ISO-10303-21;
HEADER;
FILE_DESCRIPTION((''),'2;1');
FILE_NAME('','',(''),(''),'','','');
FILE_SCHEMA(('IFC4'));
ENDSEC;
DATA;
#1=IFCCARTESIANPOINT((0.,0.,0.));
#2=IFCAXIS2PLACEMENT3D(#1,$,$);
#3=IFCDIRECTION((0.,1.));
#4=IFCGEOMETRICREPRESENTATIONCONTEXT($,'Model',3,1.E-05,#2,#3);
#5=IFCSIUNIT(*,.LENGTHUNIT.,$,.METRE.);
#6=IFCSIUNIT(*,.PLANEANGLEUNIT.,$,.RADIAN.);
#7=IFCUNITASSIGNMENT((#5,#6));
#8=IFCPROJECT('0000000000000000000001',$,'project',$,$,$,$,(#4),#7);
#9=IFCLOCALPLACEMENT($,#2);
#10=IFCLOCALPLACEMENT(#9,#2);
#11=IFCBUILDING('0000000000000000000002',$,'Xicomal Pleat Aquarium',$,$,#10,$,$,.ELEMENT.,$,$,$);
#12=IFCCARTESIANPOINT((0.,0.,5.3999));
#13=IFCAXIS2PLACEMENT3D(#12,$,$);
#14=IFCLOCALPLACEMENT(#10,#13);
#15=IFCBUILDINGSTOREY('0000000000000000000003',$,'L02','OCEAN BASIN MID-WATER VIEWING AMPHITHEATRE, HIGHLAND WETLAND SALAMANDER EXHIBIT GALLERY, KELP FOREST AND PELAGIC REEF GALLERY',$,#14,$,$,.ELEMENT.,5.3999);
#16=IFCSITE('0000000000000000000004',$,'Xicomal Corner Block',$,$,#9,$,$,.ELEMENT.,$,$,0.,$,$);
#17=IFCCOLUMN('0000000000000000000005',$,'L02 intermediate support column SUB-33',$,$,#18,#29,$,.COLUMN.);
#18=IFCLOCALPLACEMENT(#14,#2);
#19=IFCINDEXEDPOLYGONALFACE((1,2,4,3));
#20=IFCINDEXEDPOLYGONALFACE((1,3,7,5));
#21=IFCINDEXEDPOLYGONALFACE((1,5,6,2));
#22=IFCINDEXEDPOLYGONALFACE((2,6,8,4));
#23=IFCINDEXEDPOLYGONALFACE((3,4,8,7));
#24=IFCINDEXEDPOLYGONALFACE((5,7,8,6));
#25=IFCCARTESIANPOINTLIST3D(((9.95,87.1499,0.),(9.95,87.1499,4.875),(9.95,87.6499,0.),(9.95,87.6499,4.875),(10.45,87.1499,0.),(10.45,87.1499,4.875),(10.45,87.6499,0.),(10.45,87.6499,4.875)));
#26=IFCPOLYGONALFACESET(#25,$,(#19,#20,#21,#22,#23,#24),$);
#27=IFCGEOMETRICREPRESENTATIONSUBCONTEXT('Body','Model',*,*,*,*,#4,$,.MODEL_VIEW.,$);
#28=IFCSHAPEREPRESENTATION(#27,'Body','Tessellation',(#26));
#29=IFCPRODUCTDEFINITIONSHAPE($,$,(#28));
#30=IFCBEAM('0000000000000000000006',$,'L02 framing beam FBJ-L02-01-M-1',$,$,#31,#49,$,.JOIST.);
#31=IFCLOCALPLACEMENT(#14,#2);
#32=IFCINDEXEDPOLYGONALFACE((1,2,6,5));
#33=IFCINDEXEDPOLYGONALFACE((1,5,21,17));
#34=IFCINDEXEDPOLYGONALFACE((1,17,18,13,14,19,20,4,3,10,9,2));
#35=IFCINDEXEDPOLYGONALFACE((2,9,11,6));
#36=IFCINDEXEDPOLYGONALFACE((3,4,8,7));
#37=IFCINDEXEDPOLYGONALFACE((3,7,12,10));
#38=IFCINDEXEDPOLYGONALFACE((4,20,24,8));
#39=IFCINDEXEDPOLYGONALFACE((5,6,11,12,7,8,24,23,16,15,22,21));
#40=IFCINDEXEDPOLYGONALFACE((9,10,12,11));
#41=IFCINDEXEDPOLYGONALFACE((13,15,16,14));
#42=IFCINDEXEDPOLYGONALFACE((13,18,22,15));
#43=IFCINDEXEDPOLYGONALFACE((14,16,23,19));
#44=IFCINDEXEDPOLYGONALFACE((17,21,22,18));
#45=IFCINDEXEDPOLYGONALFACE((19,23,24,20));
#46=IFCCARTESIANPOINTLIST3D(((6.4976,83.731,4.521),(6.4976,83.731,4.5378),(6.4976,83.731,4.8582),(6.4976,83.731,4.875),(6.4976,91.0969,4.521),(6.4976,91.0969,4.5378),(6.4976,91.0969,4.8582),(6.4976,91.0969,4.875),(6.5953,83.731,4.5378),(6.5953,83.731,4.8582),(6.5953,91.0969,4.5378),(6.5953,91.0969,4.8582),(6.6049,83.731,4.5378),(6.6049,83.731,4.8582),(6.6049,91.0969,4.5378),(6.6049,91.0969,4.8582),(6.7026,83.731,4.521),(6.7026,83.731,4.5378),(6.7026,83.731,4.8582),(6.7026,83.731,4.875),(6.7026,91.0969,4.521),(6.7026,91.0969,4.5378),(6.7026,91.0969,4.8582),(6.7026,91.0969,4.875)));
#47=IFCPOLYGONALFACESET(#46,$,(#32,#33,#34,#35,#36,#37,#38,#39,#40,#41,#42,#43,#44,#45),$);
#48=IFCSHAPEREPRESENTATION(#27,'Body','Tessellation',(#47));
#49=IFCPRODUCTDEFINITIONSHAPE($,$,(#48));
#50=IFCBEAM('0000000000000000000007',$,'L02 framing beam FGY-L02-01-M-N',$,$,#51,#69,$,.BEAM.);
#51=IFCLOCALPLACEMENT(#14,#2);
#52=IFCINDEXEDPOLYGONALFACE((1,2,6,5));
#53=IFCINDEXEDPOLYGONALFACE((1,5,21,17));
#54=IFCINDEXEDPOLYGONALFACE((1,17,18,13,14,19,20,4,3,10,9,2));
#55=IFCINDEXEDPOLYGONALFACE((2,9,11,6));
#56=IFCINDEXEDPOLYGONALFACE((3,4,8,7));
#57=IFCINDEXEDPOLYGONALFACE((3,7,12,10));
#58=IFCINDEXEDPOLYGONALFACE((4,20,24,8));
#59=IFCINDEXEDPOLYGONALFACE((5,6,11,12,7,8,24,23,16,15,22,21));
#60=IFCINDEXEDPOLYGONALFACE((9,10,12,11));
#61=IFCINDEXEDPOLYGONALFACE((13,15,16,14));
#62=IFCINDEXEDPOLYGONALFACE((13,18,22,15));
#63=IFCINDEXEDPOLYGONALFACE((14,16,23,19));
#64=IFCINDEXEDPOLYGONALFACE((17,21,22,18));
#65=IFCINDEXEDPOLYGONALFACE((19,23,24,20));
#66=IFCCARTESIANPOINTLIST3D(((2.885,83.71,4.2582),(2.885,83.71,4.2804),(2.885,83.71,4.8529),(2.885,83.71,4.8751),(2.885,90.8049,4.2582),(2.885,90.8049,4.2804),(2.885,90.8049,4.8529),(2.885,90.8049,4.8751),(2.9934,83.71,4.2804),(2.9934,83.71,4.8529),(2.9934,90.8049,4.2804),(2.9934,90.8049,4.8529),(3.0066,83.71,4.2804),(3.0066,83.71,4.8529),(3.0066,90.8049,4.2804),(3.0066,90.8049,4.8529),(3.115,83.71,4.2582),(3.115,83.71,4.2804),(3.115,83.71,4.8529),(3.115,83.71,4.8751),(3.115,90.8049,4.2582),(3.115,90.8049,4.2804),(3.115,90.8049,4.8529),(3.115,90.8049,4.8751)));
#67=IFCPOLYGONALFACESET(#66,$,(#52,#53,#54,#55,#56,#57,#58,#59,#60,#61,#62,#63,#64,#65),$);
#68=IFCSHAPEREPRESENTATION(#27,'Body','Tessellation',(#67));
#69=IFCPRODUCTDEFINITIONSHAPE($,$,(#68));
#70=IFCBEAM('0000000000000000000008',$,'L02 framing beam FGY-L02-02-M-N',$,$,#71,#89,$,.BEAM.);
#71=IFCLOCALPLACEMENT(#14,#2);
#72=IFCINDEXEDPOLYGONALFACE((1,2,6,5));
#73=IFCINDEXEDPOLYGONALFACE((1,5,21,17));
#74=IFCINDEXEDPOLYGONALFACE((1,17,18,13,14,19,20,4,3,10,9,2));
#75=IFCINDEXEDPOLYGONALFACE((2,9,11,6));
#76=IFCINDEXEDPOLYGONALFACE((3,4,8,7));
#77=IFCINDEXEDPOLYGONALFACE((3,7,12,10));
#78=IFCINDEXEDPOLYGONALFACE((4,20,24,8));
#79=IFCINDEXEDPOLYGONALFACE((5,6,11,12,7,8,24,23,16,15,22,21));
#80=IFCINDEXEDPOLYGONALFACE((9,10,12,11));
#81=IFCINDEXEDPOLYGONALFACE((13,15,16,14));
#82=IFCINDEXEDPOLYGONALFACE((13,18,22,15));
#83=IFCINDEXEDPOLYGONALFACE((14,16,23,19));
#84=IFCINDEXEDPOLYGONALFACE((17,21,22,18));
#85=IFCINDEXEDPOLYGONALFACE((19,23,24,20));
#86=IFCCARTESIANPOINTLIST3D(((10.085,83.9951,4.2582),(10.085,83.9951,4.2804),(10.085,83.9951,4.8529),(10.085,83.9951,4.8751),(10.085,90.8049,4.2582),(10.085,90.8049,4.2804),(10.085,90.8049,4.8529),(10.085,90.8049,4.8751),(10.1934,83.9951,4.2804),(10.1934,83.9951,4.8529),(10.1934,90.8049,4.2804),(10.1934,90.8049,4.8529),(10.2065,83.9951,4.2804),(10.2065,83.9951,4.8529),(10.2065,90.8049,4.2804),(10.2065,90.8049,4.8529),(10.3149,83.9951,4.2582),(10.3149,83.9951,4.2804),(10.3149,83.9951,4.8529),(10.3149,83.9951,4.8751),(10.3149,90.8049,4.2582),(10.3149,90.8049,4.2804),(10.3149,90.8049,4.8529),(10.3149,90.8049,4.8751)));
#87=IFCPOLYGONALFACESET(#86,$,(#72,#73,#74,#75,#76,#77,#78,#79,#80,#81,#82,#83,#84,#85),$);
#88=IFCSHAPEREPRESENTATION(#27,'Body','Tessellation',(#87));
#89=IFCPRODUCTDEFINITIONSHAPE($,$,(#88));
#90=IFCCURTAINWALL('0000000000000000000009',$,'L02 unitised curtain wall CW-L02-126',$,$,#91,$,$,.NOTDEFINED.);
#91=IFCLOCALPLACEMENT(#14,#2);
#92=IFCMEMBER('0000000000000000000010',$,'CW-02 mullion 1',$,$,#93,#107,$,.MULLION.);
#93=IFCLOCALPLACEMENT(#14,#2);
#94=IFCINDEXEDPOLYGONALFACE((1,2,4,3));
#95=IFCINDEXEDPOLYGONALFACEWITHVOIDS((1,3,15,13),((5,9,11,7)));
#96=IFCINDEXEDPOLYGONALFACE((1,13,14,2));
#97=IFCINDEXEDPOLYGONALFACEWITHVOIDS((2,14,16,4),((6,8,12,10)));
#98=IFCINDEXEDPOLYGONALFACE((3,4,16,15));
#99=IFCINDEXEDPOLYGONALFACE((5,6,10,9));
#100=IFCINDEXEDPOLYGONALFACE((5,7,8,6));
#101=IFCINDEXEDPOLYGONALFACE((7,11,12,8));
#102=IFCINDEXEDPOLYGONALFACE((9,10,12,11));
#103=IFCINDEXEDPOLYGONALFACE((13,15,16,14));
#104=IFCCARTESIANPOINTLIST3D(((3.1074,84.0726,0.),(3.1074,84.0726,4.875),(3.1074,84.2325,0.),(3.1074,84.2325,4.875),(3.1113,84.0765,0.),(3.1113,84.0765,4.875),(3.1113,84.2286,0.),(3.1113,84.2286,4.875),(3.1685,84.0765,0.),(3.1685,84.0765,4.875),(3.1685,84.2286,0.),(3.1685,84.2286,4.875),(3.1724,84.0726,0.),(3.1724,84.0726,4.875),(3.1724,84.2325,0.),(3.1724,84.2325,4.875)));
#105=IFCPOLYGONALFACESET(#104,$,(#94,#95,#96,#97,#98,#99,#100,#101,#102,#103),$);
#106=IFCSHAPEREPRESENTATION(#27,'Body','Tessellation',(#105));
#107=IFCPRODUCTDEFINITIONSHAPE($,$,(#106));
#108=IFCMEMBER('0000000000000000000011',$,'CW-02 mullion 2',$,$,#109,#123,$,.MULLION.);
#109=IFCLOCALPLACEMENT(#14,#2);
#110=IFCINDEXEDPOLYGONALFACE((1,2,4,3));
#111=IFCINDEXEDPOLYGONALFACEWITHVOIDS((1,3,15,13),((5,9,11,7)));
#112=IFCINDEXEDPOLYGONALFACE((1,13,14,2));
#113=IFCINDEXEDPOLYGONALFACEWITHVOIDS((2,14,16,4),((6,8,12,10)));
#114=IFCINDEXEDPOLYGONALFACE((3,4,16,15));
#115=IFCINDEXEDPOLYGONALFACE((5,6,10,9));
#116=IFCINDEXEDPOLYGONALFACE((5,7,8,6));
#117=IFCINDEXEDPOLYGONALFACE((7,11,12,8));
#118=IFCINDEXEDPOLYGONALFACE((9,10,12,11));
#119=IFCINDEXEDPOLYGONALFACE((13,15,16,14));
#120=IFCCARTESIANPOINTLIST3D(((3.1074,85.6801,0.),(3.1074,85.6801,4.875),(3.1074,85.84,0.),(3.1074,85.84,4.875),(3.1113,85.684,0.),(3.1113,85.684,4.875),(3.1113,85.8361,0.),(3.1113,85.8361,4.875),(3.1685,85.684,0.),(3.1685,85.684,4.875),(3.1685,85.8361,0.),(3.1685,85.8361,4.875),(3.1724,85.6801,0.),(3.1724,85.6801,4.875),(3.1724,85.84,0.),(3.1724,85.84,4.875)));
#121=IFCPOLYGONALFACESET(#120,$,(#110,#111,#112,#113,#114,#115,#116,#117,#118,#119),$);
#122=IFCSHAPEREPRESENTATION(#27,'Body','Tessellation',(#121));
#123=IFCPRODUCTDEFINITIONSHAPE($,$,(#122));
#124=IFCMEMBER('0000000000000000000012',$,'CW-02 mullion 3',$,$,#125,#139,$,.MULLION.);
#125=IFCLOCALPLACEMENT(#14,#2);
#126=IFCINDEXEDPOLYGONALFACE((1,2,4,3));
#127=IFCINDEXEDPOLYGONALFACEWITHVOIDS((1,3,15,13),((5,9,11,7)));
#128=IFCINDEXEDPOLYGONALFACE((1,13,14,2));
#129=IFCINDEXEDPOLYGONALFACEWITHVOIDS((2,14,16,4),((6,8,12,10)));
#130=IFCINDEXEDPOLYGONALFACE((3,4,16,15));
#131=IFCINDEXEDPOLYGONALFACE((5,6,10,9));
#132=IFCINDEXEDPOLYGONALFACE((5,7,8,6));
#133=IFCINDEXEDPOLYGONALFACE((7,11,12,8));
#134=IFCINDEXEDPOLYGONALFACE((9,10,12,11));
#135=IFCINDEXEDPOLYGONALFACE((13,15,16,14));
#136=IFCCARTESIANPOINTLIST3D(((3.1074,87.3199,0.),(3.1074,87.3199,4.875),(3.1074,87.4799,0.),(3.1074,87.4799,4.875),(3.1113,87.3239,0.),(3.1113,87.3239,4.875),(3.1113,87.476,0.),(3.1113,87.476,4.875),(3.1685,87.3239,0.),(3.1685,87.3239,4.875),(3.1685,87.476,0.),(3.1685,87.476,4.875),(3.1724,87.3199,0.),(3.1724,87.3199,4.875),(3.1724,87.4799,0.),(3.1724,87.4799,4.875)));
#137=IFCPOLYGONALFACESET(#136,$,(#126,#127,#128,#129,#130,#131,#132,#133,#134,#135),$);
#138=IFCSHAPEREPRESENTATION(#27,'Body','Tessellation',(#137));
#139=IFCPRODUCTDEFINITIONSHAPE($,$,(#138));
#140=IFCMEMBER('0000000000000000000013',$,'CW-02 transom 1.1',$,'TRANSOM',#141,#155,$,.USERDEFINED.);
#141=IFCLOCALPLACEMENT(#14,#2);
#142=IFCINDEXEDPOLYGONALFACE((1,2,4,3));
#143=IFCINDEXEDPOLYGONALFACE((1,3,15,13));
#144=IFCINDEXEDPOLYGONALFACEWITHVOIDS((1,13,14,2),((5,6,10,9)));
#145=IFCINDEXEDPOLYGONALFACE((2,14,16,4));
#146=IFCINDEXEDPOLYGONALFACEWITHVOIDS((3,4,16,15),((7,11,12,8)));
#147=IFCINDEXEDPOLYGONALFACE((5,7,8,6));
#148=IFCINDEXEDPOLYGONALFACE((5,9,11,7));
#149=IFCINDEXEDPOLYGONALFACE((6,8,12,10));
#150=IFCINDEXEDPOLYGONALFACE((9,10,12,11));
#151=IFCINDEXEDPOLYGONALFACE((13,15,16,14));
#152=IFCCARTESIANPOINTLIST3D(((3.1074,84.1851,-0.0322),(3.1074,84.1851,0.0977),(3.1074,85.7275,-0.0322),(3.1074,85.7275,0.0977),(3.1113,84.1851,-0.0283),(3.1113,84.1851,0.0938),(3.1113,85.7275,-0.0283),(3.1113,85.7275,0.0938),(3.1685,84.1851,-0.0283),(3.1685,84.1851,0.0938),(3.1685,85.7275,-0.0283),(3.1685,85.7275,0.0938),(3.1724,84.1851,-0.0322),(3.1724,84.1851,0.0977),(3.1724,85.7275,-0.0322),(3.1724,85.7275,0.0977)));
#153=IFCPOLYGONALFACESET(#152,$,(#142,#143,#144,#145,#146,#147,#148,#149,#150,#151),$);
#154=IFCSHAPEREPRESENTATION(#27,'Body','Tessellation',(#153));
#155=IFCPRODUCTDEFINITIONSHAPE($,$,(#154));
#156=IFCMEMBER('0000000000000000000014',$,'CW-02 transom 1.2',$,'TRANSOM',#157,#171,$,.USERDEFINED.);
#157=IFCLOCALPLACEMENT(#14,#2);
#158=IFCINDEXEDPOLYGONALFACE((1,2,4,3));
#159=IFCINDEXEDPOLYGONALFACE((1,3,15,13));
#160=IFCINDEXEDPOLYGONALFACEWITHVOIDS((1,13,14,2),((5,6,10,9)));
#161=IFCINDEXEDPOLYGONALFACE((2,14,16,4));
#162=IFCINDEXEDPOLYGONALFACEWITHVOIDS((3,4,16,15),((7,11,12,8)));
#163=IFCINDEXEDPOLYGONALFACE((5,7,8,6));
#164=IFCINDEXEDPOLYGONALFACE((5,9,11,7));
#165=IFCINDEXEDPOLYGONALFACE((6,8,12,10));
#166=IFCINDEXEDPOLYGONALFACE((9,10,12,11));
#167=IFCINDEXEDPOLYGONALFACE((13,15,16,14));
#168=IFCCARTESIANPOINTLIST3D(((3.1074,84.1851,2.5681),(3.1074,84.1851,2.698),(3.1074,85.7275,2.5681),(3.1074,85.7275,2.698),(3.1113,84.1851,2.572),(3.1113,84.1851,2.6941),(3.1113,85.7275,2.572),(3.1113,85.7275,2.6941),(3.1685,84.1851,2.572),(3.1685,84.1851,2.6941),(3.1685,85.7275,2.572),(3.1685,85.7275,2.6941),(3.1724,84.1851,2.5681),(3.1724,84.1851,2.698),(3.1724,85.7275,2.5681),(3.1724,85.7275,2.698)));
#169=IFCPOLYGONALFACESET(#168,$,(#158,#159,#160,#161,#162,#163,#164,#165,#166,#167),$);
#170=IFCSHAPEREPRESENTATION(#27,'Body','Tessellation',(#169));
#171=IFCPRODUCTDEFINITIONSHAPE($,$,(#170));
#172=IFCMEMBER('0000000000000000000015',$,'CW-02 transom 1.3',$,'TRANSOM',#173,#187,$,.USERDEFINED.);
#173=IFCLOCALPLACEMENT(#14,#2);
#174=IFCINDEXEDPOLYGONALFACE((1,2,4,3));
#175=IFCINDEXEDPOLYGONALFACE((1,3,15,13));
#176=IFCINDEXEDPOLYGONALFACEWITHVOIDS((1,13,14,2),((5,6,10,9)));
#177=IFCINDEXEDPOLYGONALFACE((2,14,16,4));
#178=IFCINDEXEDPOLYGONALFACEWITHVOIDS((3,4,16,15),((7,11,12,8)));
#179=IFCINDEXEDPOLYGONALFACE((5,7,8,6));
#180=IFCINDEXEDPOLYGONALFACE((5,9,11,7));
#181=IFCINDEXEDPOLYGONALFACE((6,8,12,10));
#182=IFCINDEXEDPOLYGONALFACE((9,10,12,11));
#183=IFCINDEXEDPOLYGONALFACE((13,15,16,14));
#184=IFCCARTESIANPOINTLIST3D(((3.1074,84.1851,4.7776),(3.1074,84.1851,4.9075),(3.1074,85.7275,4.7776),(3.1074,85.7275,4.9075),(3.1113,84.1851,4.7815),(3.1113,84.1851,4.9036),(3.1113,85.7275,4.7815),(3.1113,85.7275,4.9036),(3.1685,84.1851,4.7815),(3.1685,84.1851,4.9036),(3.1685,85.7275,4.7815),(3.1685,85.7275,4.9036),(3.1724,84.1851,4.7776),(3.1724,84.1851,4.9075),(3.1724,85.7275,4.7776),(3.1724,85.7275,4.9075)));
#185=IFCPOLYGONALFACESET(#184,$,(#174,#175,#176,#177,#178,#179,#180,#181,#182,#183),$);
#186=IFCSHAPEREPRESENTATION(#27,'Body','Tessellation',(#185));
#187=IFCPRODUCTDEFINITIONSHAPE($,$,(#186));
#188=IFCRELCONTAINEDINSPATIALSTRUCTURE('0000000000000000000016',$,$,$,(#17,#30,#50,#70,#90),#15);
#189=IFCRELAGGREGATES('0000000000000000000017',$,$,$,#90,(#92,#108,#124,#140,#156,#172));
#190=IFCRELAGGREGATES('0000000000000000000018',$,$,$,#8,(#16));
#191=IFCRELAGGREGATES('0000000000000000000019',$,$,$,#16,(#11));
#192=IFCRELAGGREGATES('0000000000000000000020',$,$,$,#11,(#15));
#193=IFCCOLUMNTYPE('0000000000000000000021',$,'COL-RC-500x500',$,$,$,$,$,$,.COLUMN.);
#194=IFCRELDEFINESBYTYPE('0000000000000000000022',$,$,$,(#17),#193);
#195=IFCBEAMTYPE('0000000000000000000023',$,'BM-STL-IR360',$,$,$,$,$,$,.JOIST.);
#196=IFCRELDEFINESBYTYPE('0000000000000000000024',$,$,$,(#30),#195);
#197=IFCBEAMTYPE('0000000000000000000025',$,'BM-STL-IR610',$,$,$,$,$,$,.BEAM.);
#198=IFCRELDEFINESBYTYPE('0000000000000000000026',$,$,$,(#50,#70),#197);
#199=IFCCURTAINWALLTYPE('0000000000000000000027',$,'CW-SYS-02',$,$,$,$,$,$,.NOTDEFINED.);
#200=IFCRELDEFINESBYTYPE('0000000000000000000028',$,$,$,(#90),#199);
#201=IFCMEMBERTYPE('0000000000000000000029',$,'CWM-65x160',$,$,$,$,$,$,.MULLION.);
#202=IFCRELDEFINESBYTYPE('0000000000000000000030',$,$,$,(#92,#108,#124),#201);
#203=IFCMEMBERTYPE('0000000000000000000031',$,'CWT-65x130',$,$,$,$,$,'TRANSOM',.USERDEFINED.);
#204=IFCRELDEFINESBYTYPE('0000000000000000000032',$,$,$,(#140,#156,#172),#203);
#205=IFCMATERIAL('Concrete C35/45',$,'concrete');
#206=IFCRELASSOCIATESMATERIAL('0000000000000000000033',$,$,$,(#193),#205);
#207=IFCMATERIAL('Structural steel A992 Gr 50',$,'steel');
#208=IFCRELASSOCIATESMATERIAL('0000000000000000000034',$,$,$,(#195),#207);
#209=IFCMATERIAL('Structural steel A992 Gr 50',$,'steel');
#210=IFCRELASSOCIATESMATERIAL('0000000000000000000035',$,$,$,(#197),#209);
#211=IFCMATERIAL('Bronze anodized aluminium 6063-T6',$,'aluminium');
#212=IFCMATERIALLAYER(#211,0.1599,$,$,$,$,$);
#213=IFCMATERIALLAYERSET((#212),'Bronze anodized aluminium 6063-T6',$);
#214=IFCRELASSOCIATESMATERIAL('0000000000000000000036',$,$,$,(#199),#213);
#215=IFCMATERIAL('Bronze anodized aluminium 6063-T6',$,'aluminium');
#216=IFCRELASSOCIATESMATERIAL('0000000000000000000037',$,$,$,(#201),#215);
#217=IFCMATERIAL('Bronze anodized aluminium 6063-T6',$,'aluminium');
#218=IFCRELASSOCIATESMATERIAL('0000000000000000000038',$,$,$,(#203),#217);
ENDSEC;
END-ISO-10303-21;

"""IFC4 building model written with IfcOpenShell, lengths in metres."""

from ifc_helpers import new_model, si_unit, direction, frame, origin, origin_2d, place, context, subcontext, project, spatial, rectangle, hollow_rectangle, i_section, extrude, material, layer, layer_set, material_profile, profile_set, type_object, element, aggregate, save


model = new_model("IFC4")

# Units and contexts
model_context = context("Model", 3, precision=1e-05, world=origin(), true_north=direction((0.0, 1.0)))
body_context = subcontext(model_context, "Body", "Model", "MODEL_VIEW")
ifc_project = project(units=[si_unit("LENGTHUNIT", "METRE"), si_unit("PLANEANGLEUNIT", "RADIAN")], contexts=[model_context])

# Site, building, storey
site_placement = place(None, origin())
site = spatial("IfcSite", under=ifc_project, at=site_placement, Name="Xicomal Corner Block", CompositionType="ELEMENT", RefElevation=0.0)
building_placement = place(site_placement, origin())
building = spatial("IfcBuilding", under=site, at=building_placement, Name="Xicomal Pleat Aquarium", CompositionType="ELEMENT")
storey_placement = place(building_placement, frame((0.0, 0.0, 5.3999)))
storey = spatial("IfcBuildingStorey", under=building, at=storey_placement, Name="L02", Description="OCEAN BASIN MID-WATER VIEWING AMPHITHEATRE, HIGHLAND WETLAND SALAMANDER EXHIBIT GALLERY, KELP FOREST AND PELAGIC REEF GALLERY", CompositionType="ELEMENT", Elevation=5.3999)

# Column
ifc_material_1 = material(Name="Concrete C35/45", Category="concrete")
ifc_material_profile_1 = material_profile(ifc_material_1, rectangle(XDim=0.5, YDim=0.5, at=origin_2d()), Name="RC 500x500")
ifc_profile_set_1 = profile_set([ifc_material_profile_1], Name="Concrete C35/45")
column_type = type_object("IfcColumnType", Name="COL-RC-500x500", PredefinedType="COLUMN", material=ifc_profile_set_1)
column_placement = place(storey_placement, frame((10.2, 87.3999, 0.0), z_axis=(0.0, 0.0, 1.0), x_axis=(1.0, 0.0, 0.0)))
element("IfcColumn", 1, at=column_placement, inside=storey, type_object=column_type, Name="L02 intermediate support column SUB-33", PredefinedType="COLUMN", context=body_context, shape_type="SweptSolid", body=[
    extrude(rectangle(XDim=0.5, YDim=0.5, at=origin_2d()), origin(), (0.0, 0.0, 1.0), 4.875),
])

# Beams
ifc_material_2 = material(Name="Structural steel A992 Gr 50", Category="steel")
ifc_material_profile_2 = material_profile(ifc_material_2, i_section(OverallWidth=0.2051, OverallDepth=0.354, WebThickness=0.0095, FlangeThickness=0.0168, at=origin_2d()), Name="IR 360x79")
ifc_profile_set_2 = profile_set([ifc_material_profile_2], Name="Structural steel A992 Gr 50")
beam_type_1 = type_object("IfcBeamType", Name="BM-STL-IR360", PredefinedType="JOIST", material=ifc_profile_set_2)
beam_1_placement = place(storey_placement, frame((6.6001, 83.731, 4.698), z_axis=(0.0, 1.0, 0.0), x_axis=(-1.0, 0.0, 0.0)))
element("IfcBeam", 2, at=beam_1_placement, inside=storey, type_object=beam_type_1, Name="L02 framing beam FBJ-L02-01-M-1", PredefinedType="JOIST", context=body_context, shape_type="SweptSolid", body=[
    extrude(i_section(OverallWidth=0.2051, OverallDepth=0.354, WebThickness=0.0095, FlangeThickness=0.0168, at=origin_2d()), origin(), (0.0, 0.0, 1.0), 7.366),
])
ifc_material_3 = material(Name="Structural steel A992 Gr 50", Category="steel")
ifc_material_profile_3 = material_profile(ifc_material_3, i_section(OverallWidth=0.23, OverallDepth=0.6169, WebThickness=0.0132, FlangeThickness=0.0222, at=origin_2d()), Name="IR 610x140")
ifc_profile_set_3 = profile_set([ifc_material_profile_3], Name="Structural steel A992 Gr 50")
beam_type_2 = type_object("IfcBeamType", Name="BM-STL-IR610", PredefinedType="BEAM", material=ifc_profile_set_3)
beam_2_placement = place(storey_placement, frame((3.0, 83.71, 4.5667), z_axis=(0.0, 1.0, 0.0), x_axis=(-1.0, 0.0, 0.0)))
element("IfcBeam", 3, at=beam_2_placement, inside=storey, type_object=beam_type_2, Name="L02 framing beam FGY-L02-01-M-N", PredefinedType="BEAM", context=body_context, shape_type="SweptSolid", body=[
    extrude(i_section(OverallWidth=0.23, OverallDepth=0.6169, WebThickness=0.0132, FlangeThickness=0.0222, at=origin_2d()), origin(), (0.0, 0.0, 1.0), 7.095),
])
beam_3_placement = place(storey_placement, frame((10.2, 83.9951, 4.5667), z_axis=(0.0, 1.0, 0.0), x_axis=(-1.0, 0.0, 0.0)))
element("IfcBeam", 4, at=beam_3_placement, inside=storey, type_object=beam_type_2, Name="L02 framing beam FGY-L02-02-M-N", PredefinedType="BEAM", context=body_context, shape_type="SweptSolid", body=[
    extrude(i_section(OverallWidth=0.23, OverallDepth=0.6169, WebThickness=0.0132, FlangeThickness=0.0222, at=origin_2d()), origin(), (0.0, 0.0, 1.0), 6.8098),
])

# Curtain wall, members
ifc_material_4 = material(Name="Bronze anodized aluminium 6063-T6", Category="aluminium")
ifc_layer_1 = layer(ifc_material_4, 0.1599)
ifc_layer_set_1 = layer_set([ifc_layer_1], Name="Bronze anodized aluminium 6063-T6")
curtain_wall_type = type_object("IfcCurtainWallType", Name="CW-SYS-02", PredefinedType="NOTDEFINED", material=ifc_layer_set_1)
curtain_wall_placement = place(storey_placement, origin())
curtain_wall = element("IfcCurtainWall", 5, at=curtain_wall_placement, inside=storey, type_object=curtain_wall_type, Name="L02 unitised curtain wall CW-L02-126", PredefinedType="NOTDEFINED")
ifc_material_5 = material(Name="Bronze anodized aluminium 6063-T6", Category="aluminium")
ifc_material_profile_4 = material_profile(ifc_material_5, hollow_rectangle(XDim=0.0649, YDim=0.1599, WallThickness=0.0039, at=origin_2d()), Name="ALU MULL 65x160")
ifc_profile_set_4 = profile_set([ifc_material_profile_4], Name="Bronze anodized aluminium 6063-T6")
member_type_1 = type_object("IfcMemberType", Name="CWM-65x160", PredefinedType="MULLION", material=ifc_profile_set_4)
member_1_placement = place(storey_placement, frame((3.1399, 84.1526, 0.0), z_axis=(0.0, 0.0, 1.0), x_axis=(-1.0, 0.0, 0.0)))
member_1 = element("IfcMember", 6, at=member_1_placement, type_object=member_type_1, Name="CW-02 mullion 1", PredefinedType="MULLION", context=body_context, shape_type="SweptSolid", body=[
    extrude(hollow_rectangle(XDim=0.0649, YDim=0.1599, WallThickness=0.0039, at=origin_2d()), origin(), (0.0, 0.0, 1.0), 4.875),
])
member_2_placement = place(storey_placement, frame((3.1399, 85.76, 0.0), z_axis=(0.0, 0.0, 1.0), x_axis=(-1.0, 0.0, 0.0)))
member_2 = element("IfcMember", 7, at=member_2_placement, type_object=member_type_1, Name="CW-02 mullion 2", PredefinedType="MULLION", context=body_context, shape_type="SweptSolid", body=[
    extrude(hollow_rectangle(XDim=0.0649, YDim=0.1599, WallThickness=0.0039, at=origin_2d()), origin(), (0.0, 0.0, 1.0), 4.875),
])
member_3_placement = place(storey_placement, frame((3.1399, 87.3999, 0.0), z_axis=(0.0, 0.0, 1.0), x_axis=(-1.0, 0.0, 0.0)))
member_3 = element("IfcMember", 8, at=member_3_placement, type_object=member_type_1, Name="CW-02 mullion 3", PredefinedType="MULLION", context=body_context, shape_type="SweptSolid", body=[
    extrude(hollow_rectangle(XDim=0.0649, YDim=0.1599, WallThickness=0.0039, at=origin_2d()), origin(), (0.0, 0.0, 1.0), 4.875),
])
ifc_material_6 = material(Name="Bronze anodized aluminium 6063-T6", Category="aluminium")
ifc_material_profile_5 = material_profile(ifc_material_6, hollow_rectangle(XDim=0.0649, YDim=0.1299, WallThickness=0.0039, at=origin_2d()), Name="ALU TRAN 65x130")
ifc_profile_set_5 = profile_set([ifc_material_profile_5], Name="Bronze anodized aluminium 6063-T6")
member_type_2 = type_object("IfcMemberType", Name="CWT-65x130", ElementType="TRANSOM", PredefinedType="USERDEFINED", material=ifc_profile_set_5)
member_4_placement = place(storey_placement, frame((3.1399, 84.1851, 0.0327), z_axis=(0.0, 1.0, 0.0), x_axis=(-1.0, 0.0, 0.0)))
member_4 = element("IfcMember", 9, at=member_4_placement, type_object=member_type_2, Name="CW-02 transom 1.1", ObjectType="TRANSOM", PredefinedType="USERDEFINED", context=body_context, shape_type="SweptSolid", body=[
    extrude(hollow_rectangle(XDim=0.0649, YDim=0.1299, WallThickness=0.0039, at=origin_2d()), origin(), (0.0, 0.0, 1.0), 1.5425),
])
member_5_placement = place(storey_placement, frame((3.1399, 84.1851, 2.6331), z_axis=(0.0, 1.0, 0.0), x_axis=(-1.0, 0.0, 0.0)))
member_5 = element("IfcMember", 10, at=member_5_placement, type_object=member_type_2, Name="CW-02 transom 1.2", ObjectType="TRANSOM", PredefinedType="USERDEFINED", context=body_context, shape_type="SweptSolid", body=[
    extrude(hollow_rectangle(XDim=0.0649, YDim=0.1299, WallThickness=0.0039, at=origin_2d()), origin(), (0.0, 0.0, 1.0), 1.5425),
])
member_6_placement = place(storey_placement, frame((3.1399, 84.1851, 4.8425), z_axis=(0.0, 1.0, 0.0), x_axis=(-1.0, 0.0, 0.0)))
member_6 = element("IfcMember", 11, at=member_6_placement, type_object=member_type_2, Name="CW-02 transom 1.3", ObjectType="TRANSOM", PredefinedType="USERDEFINED", context=body_context, shape_type="SweptSolid", body=[
    extrude(hollow_rectangle(XDim=0.0649, YDim=0.1299, WallThickness=0.0039, at=origin_2d()), origin(), (0.0, 0.0, 1.0), 1.5425),
])
aggregate(curtain_wall, [member_1, member_2, member_3, member_4, member_5, member_6])

save(model, "model.ifc")
